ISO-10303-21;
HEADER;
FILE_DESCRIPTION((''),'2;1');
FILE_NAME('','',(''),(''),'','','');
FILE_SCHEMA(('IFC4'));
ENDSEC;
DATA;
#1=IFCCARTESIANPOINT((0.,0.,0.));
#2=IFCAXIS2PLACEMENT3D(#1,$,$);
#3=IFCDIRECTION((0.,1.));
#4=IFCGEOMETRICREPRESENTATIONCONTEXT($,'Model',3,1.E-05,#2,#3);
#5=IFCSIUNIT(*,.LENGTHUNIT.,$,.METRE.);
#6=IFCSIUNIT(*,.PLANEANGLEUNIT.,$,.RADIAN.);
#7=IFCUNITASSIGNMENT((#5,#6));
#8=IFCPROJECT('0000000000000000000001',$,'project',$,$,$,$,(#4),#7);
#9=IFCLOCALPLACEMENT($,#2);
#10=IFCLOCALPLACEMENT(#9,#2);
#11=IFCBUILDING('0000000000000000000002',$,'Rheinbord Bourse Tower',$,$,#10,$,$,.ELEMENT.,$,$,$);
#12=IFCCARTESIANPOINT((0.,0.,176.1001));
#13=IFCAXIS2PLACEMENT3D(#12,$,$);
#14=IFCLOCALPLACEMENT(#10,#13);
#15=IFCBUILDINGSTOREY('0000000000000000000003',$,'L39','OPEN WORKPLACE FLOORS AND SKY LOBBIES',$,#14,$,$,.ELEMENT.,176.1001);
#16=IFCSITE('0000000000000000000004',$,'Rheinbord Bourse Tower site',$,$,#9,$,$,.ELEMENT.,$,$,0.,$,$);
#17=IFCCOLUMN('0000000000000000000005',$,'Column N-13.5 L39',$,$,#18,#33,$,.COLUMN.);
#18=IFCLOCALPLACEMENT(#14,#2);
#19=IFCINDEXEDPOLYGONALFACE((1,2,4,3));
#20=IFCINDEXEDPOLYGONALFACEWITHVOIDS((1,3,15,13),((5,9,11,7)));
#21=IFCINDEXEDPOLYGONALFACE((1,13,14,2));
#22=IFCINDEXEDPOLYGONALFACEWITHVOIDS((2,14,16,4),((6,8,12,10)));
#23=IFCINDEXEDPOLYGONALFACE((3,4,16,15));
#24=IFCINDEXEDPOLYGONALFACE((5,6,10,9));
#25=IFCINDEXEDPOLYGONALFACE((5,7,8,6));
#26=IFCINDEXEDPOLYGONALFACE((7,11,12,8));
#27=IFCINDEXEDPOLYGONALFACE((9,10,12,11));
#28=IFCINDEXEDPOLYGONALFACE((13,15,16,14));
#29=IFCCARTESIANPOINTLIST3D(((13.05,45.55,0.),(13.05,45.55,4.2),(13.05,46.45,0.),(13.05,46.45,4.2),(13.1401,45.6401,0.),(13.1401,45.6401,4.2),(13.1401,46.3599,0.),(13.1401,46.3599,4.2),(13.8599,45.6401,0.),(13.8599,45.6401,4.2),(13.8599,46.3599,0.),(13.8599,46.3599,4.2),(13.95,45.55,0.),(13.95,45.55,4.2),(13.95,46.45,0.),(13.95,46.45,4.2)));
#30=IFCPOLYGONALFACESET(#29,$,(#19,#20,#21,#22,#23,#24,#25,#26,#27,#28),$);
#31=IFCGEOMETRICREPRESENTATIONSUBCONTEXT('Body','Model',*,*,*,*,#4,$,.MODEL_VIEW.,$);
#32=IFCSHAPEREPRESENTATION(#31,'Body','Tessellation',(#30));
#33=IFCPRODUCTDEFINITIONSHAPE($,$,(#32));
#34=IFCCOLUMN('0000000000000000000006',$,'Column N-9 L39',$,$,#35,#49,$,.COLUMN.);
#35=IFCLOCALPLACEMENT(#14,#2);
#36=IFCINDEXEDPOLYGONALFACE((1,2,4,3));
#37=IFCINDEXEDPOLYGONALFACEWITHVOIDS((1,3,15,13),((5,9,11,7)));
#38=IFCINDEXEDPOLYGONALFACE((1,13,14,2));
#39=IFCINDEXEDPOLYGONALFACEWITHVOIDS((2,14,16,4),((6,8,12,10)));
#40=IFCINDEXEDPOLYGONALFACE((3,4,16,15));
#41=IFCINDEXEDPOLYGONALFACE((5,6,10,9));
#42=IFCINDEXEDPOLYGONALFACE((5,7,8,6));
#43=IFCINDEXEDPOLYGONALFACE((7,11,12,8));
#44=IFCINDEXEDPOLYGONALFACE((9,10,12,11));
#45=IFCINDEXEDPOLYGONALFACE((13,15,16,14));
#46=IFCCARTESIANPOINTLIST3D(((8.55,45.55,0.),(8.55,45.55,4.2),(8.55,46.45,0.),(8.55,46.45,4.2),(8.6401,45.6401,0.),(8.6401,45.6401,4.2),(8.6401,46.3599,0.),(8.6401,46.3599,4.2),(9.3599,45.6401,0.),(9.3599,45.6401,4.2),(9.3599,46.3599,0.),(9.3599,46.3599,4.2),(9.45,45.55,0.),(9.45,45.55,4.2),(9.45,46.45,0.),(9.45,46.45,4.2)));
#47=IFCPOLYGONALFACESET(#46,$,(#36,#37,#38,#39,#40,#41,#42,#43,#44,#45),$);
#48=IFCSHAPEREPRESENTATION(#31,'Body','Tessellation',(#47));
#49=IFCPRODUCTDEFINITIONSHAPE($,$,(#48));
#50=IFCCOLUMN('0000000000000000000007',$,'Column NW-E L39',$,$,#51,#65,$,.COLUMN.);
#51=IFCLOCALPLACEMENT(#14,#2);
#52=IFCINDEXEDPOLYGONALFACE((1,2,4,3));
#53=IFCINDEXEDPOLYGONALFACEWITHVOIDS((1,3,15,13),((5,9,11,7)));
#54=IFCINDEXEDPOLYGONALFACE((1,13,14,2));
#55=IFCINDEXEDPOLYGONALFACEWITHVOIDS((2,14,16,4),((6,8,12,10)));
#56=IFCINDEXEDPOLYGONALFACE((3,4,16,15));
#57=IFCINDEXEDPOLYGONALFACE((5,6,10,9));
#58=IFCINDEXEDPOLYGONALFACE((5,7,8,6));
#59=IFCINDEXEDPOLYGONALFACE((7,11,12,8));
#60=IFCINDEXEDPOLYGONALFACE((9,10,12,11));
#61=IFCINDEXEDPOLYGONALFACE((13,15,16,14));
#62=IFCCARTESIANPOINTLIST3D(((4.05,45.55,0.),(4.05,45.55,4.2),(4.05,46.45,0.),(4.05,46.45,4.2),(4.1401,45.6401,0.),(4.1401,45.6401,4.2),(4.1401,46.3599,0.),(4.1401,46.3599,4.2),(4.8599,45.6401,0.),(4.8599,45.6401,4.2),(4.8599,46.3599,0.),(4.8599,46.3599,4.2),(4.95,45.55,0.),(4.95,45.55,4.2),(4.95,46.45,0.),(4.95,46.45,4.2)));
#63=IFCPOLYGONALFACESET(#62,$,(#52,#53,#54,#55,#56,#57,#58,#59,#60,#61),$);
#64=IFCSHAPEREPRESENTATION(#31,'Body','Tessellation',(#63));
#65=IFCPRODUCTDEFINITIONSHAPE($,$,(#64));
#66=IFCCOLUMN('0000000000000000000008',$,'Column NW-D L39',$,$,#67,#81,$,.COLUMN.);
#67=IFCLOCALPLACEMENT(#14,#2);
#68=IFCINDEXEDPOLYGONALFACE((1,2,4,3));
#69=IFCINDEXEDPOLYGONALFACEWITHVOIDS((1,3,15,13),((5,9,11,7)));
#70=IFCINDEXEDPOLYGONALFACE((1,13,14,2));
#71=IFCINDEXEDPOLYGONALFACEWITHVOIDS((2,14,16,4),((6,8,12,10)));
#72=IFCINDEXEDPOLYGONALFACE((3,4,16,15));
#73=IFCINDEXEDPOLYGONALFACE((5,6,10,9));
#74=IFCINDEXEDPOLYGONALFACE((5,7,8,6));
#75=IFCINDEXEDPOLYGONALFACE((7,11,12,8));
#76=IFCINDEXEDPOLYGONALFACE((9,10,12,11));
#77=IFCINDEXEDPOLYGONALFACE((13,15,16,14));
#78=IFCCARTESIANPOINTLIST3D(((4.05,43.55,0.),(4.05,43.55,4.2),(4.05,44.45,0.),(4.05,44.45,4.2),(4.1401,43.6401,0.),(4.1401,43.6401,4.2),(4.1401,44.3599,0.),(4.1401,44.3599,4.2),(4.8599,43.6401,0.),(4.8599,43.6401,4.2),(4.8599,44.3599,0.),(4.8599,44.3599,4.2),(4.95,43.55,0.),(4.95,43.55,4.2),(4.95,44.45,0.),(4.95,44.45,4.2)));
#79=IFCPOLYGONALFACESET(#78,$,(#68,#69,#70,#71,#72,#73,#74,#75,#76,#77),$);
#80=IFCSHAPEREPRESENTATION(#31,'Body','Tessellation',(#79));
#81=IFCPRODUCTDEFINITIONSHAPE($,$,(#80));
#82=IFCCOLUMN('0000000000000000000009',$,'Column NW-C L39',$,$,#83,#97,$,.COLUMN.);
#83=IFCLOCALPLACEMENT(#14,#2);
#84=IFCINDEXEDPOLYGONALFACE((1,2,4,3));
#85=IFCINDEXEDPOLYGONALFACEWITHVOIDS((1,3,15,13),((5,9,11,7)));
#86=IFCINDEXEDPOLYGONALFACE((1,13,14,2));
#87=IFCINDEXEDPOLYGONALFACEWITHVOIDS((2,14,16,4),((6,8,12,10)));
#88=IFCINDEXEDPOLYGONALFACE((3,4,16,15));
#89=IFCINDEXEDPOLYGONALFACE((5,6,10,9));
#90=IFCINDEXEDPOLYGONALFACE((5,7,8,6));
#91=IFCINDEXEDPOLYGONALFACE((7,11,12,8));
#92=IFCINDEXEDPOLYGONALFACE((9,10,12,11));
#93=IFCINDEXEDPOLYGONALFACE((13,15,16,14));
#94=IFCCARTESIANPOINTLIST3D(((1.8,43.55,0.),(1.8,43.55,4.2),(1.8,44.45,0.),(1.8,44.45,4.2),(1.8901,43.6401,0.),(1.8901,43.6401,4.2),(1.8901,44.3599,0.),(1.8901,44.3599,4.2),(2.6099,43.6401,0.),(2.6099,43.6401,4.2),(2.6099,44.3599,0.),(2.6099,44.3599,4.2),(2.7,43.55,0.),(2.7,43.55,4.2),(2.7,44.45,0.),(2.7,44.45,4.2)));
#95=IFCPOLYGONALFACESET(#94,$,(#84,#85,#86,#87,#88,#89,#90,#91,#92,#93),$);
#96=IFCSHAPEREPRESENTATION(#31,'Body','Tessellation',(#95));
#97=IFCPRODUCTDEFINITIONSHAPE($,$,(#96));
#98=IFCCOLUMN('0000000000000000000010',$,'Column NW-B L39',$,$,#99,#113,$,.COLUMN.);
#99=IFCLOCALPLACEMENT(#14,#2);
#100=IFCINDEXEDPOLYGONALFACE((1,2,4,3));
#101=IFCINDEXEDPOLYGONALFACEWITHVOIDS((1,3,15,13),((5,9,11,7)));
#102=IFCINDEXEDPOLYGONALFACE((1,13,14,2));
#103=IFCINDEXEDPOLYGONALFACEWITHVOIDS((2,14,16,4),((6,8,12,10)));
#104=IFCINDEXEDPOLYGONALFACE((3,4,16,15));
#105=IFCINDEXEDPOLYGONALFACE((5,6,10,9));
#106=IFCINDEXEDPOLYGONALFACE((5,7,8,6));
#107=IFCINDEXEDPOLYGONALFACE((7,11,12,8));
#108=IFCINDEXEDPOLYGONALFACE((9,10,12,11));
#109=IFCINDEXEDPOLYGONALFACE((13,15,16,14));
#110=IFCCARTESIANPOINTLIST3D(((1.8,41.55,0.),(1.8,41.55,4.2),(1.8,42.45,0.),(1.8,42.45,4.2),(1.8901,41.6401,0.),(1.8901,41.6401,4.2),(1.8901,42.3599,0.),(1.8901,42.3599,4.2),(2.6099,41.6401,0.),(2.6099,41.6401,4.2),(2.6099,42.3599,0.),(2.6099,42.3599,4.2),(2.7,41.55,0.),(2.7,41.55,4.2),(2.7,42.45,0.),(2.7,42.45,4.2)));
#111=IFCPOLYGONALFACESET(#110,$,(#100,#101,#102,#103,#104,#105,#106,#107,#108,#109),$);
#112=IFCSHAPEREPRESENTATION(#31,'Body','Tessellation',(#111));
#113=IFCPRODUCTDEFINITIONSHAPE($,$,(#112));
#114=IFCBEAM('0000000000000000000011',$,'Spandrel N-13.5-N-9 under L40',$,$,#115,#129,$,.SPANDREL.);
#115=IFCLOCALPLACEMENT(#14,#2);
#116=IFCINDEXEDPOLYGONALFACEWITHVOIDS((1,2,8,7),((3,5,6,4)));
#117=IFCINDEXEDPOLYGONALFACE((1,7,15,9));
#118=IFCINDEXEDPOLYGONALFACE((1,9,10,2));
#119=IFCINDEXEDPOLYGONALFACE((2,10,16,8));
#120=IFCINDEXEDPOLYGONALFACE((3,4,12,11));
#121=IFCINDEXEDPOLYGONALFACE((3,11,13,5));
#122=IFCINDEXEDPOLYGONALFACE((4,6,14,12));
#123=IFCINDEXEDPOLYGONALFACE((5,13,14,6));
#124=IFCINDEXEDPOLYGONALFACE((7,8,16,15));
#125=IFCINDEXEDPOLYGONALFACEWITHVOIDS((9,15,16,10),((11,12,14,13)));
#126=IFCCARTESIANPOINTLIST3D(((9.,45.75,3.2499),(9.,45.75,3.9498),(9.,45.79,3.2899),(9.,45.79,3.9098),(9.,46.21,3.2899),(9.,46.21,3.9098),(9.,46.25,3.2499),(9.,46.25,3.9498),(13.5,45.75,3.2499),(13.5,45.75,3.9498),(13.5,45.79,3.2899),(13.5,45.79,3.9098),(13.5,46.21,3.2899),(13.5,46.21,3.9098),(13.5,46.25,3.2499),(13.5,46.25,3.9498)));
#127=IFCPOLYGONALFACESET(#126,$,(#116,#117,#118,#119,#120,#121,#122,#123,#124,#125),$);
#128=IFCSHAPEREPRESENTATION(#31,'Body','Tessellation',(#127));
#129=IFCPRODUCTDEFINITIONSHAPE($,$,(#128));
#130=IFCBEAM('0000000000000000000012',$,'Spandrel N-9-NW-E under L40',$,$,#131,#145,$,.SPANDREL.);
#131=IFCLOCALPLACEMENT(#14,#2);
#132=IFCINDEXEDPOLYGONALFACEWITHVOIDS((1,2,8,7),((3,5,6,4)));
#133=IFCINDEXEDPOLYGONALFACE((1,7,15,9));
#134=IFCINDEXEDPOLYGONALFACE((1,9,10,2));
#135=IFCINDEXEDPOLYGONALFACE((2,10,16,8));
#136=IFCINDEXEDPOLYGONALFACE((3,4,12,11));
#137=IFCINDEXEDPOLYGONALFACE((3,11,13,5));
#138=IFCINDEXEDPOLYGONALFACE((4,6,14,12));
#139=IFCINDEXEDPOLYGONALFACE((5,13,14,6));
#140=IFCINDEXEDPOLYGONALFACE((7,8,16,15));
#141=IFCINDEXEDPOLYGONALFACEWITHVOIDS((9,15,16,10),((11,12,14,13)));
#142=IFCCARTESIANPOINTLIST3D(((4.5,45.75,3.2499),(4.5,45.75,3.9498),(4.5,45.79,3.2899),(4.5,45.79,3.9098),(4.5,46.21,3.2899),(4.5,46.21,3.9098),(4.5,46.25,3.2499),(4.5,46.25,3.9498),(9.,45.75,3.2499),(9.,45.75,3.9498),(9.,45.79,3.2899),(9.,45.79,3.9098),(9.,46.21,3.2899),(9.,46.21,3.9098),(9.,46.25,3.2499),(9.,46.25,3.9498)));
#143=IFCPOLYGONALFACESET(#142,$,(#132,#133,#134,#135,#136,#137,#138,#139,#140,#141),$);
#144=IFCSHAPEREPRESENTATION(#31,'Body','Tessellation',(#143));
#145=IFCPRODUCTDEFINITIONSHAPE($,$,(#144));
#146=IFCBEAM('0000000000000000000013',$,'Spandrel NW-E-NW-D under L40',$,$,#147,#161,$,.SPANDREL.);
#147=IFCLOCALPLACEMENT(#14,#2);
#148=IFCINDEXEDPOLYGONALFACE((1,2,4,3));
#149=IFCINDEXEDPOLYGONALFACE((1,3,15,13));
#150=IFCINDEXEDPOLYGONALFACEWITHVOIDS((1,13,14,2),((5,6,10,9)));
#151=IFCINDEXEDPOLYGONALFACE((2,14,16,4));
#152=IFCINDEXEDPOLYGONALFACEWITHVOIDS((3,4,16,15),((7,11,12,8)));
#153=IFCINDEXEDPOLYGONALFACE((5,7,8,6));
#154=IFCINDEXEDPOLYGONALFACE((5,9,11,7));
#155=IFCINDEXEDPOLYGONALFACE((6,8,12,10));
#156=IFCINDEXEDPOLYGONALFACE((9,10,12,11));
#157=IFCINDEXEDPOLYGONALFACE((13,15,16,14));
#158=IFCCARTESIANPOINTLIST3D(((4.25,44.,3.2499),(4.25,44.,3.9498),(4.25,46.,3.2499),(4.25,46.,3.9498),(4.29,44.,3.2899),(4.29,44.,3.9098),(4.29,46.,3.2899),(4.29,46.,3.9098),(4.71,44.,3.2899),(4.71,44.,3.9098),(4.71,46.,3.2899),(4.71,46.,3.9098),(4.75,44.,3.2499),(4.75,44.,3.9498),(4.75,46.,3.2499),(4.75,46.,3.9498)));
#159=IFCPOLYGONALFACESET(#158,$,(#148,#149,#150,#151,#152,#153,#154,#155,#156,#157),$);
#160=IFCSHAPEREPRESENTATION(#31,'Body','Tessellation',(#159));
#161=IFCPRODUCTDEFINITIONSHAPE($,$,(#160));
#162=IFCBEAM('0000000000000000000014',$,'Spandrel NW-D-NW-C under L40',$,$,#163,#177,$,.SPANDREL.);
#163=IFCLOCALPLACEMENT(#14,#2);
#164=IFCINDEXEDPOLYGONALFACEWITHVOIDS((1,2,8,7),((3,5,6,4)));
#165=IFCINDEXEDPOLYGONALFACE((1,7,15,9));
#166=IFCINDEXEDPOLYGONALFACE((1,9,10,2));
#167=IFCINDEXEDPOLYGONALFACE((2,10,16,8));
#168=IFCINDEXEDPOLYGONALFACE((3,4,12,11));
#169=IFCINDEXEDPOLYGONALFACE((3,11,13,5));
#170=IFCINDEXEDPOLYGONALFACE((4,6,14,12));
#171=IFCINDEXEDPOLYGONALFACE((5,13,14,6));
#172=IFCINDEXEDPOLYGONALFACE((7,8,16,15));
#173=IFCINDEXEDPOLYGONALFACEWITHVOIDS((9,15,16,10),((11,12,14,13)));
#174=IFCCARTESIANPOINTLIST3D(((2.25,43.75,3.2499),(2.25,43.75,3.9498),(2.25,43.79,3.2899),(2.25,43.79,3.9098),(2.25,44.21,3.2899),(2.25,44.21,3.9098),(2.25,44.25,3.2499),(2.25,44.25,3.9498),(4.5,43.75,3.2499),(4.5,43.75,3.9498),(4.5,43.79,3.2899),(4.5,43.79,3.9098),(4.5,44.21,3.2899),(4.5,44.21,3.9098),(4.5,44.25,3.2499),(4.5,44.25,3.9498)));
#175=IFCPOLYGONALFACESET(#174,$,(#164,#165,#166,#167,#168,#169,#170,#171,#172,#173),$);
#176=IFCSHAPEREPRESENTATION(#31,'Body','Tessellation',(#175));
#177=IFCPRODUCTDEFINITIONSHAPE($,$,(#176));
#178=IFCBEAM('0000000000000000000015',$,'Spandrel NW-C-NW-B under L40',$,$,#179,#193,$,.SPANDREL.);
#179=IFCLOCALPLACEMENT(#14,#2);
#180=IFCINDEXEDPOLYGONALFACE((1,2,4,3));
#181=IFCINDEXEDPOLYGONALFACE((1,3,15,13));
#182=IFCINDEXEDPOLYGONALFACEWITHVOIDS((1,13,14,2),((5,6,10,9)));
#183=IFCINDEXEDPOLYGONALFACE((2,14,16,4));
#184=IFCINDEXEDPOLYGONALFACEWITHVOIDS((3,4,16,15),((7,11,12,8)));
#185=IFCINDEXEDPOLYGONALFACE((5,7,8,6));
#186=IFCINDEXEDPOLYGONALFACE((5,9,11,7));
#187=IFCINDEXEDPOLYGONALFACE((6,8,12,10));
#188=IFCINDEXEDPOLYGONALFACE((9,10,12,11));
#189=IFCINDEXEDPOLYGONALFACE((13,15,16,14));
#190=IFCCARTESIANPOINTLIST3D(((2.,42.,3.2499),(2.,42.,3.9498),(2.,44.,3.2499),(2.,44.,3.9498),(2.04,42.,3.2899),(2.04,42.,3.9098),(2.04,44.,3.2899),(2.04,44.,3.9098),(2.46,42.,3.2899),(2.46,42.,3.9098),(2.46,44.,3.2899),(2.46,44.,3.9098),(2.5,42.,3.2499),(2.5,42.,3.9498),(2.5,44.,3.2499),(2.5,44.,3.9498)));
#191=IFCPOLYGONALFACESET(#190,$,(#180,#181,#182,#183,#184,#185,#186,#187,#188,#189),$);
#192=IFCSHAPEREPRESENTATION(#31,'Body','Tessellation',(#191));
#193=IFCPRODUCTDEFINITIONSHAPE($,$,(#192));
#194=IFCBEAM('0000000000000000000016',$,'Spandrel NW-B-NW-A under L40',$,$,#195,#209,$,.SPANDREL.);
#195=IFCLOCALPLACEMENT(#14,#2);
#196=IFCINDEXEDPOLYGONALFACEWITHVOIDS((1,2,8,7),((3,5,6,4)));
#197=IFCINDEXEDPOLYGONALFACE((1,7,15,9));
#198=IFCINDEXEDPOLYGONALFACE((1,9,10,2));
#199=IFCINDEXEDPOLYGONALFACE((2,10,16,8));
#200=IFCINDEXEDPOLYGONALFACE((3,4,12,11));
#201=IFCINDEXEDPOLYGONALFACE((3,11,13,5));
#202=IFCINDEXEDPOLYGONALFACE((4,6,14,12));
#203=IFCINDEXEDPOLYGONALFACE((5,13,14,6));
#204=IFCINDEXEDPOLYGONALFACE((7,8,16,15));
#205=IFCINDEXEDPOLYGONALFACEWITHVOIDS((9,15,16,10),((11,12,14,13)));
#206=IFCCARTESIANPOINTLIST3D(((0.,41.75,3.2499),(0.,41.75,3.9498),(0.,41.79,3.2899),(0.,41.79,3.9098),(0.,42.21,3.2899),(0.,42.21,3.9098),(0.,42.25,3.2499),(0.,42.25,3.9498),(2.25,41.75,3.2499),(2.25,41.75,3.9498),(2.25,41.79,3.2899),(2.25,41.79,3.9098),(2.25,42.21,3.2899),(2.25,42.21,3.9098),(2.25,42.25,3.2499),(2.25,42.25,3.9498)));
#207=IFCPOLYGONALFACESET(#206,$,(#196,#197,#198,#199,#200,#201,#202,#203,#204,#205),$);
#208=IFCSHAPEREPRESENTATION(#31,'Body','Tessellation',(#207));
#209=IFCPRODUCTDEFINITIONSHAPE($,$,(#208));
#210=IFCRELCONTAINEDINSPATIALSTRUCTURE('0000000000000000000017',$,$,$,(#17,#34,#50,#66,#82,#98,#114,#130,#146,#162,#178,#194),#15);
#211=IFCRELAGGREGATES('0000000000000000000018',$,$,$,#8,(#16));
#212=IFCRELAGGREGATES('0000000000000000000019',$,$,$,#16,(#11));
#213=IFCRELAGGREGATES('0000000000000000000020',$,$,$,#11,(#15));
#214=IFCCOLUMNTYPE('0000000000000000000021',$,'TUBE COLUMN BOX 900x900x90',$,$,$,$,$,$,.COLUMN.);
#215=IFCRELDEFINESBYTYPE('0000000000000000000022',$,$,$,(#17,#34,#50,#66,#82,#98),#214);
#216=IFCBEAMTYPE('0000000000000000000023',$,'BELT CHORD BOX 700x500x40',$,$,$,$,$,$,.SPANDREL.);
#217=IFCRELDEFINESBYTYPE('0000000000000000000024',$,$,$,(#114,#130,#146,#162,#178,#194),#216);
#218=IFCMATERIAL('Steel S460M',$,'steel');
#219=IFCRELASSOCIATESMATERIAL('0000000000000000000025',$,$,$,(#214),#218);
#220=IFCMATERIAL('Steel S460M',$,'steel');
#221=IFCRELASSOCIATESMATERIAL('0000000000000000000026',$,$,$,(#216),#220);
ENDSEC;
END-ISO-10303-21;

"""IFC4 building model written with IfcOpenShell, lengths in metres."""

from ifc_helpers import new_model, si_unit, direction, frame, origin, origin_2d, place, context, subcontext, project, spatial, hollow_rectangle, extrude, material, material_profile, profile_set, type_object, element, save


model = new_model("IFC4")

# Units and contexts
model_context = context("Model", 3, precision=1e-05, world=origin(), true_north=direction((0.0, 1.0)))
body_context = subcontext(model_context, "Body", "Model", "MODEL_VIEW")
ifc_project = project(units=[si_unit("LENGTHUNIT", "METRE"), si_unit("PLANEANGLEUNIT", "RADIAN")], contexts=[model_context])

# Site, building, storey
site_placement = place(None, origin())
site = spatial("IfcSite", under=ifc_project, at=site_placement, Name="Rheinbord Bourse Tower site", CompositionType="ELEMENT", RefElevation=0.0)
building_placement = place(site_placement, origin())
building = spatial("IfcBuilding", under=site, at=building_placement, Name="Rheinbord Bourse Tower", CompositionType="ELEMENT")
storey_placement = place(building_placement, frame((0.0, 0.0, 176.1001)))
storey = spatial("IfcBuildingStorey", under=building, at=storey_placement, Name="L39", Description="OPEN WORKPLACE FLOORS AND SKY LOBBIES", CompositionType="ELEMENT", Elevation=176.1001)

# Columns
ifc_material_1 = material(Name="Steel S460M", Category="steel")
ifc_material_profile_1 = material_profile(ifc_material_1, hollow_rectangle(XDim=0.8999, YDim=0.8999, WallThickness=0.0901, at=origin_2d()), Name="BOX 900x900x90")
ifc_profile_set_1 = profile_set([ifc_material_profile_1], Name="Steel S460M")
column_type = type_object("IfcColumnType", Name="TUBE COLUMN BOX 900x900x90", PredefinedType="COLUMN", material=ifc_profile_set_1)
for number, where, z_axis, x_axis, name in (
    (1, (13.5, 46.0, 0.0), (0.0, 0.0, 1.0), (0.0, 1.0, 0.0), "Column N-13.5 L39"),
    (2, (9.0, 46.0, 0.0), (0.0, 0.0, 1.0), (0.0, 1.0, 0.0), "Column N-9 L39"),
    (3, (4.5, 46.0, 0.0), (0.0, 0.0, 1.0), (0.0, 1.0, 0.0), "Column NW-E L39"),
    (4, (4.5, 44.0, 0.0), (0.0, 0.0, 1.0), (0.0, 1.0, 0.0), "Column NW-D L39"),
    (5, (2.25, 44.0, 0.0), (0.0, 0.0, 1.0), (1.0, 0.0, 0.0), "Column NW-C L39"),
    (6, (2.25, 42.0, 0.0), (0.0, 0.0, 1.0), (1.0, 0.0, 0.0), "Column NW-B L39"),
):
    element("IfcColumn", number, at=place(storey_placement, frame(where, z_axis=z_axis, x_axis=x_axis)), inside=storey, type_object=column_type, Name=name, PredefinedType="COLUMN", context=body_context, shape_type="SweptSolid", body=[
        extrude(hollow_rectangle(XDim=0.8999, YDim=0.8999, WallThickness=0.0901, at=origin_2d()), origin(), (0.0, 0.0, 1.0), 4.2),
    ])

# Beams
ifc_material_2 = material(Name="Steel S460M", Category="steel")
ifc_material_profile_2 = material_profile(ifc_material_2, hollow_rectangle(XDim=0.5, YDim=0.7, WallThickness=0.04, at=origin_2d()), Name="BOX 700x500x40")
ifc_profile_set_2 = profile_set([ifc_material_profile_2], Name="Steel S460M")
beam_type_1 = type_object("IfcBeamType", Name="BELT CHORD BOX 700x500x40", PredefinedType="SPANDREL", material=ifc_profile_set_2)
for number, where, z_axis, x_axis, name in (
    (7, (13.5, 46.0, 3.5999), (-1.0, 0.0, 0.0), (0.0, -1.0, 0.0), "Spandrel N-13.5-N-9 under L40"),
    (8, (9.0, 46.0, 3.5999), (-1.0, 0.0, 0.0), (0.0, -1.0, 0.0), "Spandrel N-9-NW-E under L40"),
):
    element("IfcBeam", number, at=place(storey_placement, frame(where, z_axis=z_axis, x_axis=x_axis)), inside=storey, type_object=beam_type_1, Name=name, PredefinedType="SPANDREL", context=body_context, shape_type="SweptSolid", body=[
        extrude(hollow_rectangle(XDim=0.5, YDim=0.7, WallThickness=0.04, at=origin_2d()), origin(), (0.0, 0.0, 1.0), 4.5),
    ])
beam_1_placement = place(storey_placement, frame((4.5, 46.0, 3.5999), z_axis=(0.0, -1.0, 0.0), x_axis=(1.0, 0.0, 0.0)))
element("IfcBeam", 9, at=beam_1_placement, inside=storey, type_object=beam_type_1, Name="Spandrel NW-E-NW-D under L40", PredefinedType="SPANDREL", context=body_context, shape_type="SweptSolid", body=[
    extrude(hollow_rectangle(XDim=0.5, YDim=0.7, WallThickness=0.04, at=origin_2d()), origin(), (0.0, 0.0, 1.0), 2.0),
])
beam_2_placement = place(storey_placement, frame((4.5, 44.0, 3.5999), z_axis=(-1.0, 0.0, 0.0), x_axis=(0.0, -1.0, 0.0)))
element("IfcBeam", 10, at=beam_2_placement, inside=storey, type_object=beam_type_1, Name="Spandrel NW-D-NW-C under L40", PredefinedType="SPANDREL", context=body_context, shape_type="SweptSolid", body=[
    extrude(hollow_rectangle(XDim=0.5, YDim=0.7, WallThickness=0.04, at=origin_2d()), origin(), (0.0, 0.0, 1.0), 2.25),
])
beam_3_placement = place(storey_placement, frame((2.25, 44.0, 3.5999), z_axis=(0.0, -1.0, 0.0), x_axis=(1.0, 0.0, 0.0)))
element("IfcBeam", 11, at=beam_3_placement, inside=storey, type_object=beam_type_1, Name="Spandrel NW-C-NW-B under L40", PredefinedType="SPANDREL", context=body_context, shape_type="SweptSolid", body=[
    extrude(hollow_rectangle(XDim=0.5, YDim=0.7, WallThickness=0.04, at=origin_2d()), origin(), (0.0, 0.0, 1.0), 2.0),
])
beam_4_placement = place(storey_placement, frame((2.25, 42.0, 3.5999), z_axis=(-1.0, 0.0, 0.0), x_axis=(0.0, -1.0, 0.0)))
element("IfcBeam", 12, at=beam_4_placement, inside=storey, type_object=beam_type_1, Name="Spandrel NW-B-NW-A under L40", PredefinedType="SPANDREL", context=body_context, shape_type="SweptSolid", body=[
    extrude(hollow_rectangle(XDim=0.5, YDim=0.7, WallThickness=0.04, at=origin_2d()), origin(), (0.0, 0.0, 1.0), 2.25),
])

save(model, "model.ifc")
